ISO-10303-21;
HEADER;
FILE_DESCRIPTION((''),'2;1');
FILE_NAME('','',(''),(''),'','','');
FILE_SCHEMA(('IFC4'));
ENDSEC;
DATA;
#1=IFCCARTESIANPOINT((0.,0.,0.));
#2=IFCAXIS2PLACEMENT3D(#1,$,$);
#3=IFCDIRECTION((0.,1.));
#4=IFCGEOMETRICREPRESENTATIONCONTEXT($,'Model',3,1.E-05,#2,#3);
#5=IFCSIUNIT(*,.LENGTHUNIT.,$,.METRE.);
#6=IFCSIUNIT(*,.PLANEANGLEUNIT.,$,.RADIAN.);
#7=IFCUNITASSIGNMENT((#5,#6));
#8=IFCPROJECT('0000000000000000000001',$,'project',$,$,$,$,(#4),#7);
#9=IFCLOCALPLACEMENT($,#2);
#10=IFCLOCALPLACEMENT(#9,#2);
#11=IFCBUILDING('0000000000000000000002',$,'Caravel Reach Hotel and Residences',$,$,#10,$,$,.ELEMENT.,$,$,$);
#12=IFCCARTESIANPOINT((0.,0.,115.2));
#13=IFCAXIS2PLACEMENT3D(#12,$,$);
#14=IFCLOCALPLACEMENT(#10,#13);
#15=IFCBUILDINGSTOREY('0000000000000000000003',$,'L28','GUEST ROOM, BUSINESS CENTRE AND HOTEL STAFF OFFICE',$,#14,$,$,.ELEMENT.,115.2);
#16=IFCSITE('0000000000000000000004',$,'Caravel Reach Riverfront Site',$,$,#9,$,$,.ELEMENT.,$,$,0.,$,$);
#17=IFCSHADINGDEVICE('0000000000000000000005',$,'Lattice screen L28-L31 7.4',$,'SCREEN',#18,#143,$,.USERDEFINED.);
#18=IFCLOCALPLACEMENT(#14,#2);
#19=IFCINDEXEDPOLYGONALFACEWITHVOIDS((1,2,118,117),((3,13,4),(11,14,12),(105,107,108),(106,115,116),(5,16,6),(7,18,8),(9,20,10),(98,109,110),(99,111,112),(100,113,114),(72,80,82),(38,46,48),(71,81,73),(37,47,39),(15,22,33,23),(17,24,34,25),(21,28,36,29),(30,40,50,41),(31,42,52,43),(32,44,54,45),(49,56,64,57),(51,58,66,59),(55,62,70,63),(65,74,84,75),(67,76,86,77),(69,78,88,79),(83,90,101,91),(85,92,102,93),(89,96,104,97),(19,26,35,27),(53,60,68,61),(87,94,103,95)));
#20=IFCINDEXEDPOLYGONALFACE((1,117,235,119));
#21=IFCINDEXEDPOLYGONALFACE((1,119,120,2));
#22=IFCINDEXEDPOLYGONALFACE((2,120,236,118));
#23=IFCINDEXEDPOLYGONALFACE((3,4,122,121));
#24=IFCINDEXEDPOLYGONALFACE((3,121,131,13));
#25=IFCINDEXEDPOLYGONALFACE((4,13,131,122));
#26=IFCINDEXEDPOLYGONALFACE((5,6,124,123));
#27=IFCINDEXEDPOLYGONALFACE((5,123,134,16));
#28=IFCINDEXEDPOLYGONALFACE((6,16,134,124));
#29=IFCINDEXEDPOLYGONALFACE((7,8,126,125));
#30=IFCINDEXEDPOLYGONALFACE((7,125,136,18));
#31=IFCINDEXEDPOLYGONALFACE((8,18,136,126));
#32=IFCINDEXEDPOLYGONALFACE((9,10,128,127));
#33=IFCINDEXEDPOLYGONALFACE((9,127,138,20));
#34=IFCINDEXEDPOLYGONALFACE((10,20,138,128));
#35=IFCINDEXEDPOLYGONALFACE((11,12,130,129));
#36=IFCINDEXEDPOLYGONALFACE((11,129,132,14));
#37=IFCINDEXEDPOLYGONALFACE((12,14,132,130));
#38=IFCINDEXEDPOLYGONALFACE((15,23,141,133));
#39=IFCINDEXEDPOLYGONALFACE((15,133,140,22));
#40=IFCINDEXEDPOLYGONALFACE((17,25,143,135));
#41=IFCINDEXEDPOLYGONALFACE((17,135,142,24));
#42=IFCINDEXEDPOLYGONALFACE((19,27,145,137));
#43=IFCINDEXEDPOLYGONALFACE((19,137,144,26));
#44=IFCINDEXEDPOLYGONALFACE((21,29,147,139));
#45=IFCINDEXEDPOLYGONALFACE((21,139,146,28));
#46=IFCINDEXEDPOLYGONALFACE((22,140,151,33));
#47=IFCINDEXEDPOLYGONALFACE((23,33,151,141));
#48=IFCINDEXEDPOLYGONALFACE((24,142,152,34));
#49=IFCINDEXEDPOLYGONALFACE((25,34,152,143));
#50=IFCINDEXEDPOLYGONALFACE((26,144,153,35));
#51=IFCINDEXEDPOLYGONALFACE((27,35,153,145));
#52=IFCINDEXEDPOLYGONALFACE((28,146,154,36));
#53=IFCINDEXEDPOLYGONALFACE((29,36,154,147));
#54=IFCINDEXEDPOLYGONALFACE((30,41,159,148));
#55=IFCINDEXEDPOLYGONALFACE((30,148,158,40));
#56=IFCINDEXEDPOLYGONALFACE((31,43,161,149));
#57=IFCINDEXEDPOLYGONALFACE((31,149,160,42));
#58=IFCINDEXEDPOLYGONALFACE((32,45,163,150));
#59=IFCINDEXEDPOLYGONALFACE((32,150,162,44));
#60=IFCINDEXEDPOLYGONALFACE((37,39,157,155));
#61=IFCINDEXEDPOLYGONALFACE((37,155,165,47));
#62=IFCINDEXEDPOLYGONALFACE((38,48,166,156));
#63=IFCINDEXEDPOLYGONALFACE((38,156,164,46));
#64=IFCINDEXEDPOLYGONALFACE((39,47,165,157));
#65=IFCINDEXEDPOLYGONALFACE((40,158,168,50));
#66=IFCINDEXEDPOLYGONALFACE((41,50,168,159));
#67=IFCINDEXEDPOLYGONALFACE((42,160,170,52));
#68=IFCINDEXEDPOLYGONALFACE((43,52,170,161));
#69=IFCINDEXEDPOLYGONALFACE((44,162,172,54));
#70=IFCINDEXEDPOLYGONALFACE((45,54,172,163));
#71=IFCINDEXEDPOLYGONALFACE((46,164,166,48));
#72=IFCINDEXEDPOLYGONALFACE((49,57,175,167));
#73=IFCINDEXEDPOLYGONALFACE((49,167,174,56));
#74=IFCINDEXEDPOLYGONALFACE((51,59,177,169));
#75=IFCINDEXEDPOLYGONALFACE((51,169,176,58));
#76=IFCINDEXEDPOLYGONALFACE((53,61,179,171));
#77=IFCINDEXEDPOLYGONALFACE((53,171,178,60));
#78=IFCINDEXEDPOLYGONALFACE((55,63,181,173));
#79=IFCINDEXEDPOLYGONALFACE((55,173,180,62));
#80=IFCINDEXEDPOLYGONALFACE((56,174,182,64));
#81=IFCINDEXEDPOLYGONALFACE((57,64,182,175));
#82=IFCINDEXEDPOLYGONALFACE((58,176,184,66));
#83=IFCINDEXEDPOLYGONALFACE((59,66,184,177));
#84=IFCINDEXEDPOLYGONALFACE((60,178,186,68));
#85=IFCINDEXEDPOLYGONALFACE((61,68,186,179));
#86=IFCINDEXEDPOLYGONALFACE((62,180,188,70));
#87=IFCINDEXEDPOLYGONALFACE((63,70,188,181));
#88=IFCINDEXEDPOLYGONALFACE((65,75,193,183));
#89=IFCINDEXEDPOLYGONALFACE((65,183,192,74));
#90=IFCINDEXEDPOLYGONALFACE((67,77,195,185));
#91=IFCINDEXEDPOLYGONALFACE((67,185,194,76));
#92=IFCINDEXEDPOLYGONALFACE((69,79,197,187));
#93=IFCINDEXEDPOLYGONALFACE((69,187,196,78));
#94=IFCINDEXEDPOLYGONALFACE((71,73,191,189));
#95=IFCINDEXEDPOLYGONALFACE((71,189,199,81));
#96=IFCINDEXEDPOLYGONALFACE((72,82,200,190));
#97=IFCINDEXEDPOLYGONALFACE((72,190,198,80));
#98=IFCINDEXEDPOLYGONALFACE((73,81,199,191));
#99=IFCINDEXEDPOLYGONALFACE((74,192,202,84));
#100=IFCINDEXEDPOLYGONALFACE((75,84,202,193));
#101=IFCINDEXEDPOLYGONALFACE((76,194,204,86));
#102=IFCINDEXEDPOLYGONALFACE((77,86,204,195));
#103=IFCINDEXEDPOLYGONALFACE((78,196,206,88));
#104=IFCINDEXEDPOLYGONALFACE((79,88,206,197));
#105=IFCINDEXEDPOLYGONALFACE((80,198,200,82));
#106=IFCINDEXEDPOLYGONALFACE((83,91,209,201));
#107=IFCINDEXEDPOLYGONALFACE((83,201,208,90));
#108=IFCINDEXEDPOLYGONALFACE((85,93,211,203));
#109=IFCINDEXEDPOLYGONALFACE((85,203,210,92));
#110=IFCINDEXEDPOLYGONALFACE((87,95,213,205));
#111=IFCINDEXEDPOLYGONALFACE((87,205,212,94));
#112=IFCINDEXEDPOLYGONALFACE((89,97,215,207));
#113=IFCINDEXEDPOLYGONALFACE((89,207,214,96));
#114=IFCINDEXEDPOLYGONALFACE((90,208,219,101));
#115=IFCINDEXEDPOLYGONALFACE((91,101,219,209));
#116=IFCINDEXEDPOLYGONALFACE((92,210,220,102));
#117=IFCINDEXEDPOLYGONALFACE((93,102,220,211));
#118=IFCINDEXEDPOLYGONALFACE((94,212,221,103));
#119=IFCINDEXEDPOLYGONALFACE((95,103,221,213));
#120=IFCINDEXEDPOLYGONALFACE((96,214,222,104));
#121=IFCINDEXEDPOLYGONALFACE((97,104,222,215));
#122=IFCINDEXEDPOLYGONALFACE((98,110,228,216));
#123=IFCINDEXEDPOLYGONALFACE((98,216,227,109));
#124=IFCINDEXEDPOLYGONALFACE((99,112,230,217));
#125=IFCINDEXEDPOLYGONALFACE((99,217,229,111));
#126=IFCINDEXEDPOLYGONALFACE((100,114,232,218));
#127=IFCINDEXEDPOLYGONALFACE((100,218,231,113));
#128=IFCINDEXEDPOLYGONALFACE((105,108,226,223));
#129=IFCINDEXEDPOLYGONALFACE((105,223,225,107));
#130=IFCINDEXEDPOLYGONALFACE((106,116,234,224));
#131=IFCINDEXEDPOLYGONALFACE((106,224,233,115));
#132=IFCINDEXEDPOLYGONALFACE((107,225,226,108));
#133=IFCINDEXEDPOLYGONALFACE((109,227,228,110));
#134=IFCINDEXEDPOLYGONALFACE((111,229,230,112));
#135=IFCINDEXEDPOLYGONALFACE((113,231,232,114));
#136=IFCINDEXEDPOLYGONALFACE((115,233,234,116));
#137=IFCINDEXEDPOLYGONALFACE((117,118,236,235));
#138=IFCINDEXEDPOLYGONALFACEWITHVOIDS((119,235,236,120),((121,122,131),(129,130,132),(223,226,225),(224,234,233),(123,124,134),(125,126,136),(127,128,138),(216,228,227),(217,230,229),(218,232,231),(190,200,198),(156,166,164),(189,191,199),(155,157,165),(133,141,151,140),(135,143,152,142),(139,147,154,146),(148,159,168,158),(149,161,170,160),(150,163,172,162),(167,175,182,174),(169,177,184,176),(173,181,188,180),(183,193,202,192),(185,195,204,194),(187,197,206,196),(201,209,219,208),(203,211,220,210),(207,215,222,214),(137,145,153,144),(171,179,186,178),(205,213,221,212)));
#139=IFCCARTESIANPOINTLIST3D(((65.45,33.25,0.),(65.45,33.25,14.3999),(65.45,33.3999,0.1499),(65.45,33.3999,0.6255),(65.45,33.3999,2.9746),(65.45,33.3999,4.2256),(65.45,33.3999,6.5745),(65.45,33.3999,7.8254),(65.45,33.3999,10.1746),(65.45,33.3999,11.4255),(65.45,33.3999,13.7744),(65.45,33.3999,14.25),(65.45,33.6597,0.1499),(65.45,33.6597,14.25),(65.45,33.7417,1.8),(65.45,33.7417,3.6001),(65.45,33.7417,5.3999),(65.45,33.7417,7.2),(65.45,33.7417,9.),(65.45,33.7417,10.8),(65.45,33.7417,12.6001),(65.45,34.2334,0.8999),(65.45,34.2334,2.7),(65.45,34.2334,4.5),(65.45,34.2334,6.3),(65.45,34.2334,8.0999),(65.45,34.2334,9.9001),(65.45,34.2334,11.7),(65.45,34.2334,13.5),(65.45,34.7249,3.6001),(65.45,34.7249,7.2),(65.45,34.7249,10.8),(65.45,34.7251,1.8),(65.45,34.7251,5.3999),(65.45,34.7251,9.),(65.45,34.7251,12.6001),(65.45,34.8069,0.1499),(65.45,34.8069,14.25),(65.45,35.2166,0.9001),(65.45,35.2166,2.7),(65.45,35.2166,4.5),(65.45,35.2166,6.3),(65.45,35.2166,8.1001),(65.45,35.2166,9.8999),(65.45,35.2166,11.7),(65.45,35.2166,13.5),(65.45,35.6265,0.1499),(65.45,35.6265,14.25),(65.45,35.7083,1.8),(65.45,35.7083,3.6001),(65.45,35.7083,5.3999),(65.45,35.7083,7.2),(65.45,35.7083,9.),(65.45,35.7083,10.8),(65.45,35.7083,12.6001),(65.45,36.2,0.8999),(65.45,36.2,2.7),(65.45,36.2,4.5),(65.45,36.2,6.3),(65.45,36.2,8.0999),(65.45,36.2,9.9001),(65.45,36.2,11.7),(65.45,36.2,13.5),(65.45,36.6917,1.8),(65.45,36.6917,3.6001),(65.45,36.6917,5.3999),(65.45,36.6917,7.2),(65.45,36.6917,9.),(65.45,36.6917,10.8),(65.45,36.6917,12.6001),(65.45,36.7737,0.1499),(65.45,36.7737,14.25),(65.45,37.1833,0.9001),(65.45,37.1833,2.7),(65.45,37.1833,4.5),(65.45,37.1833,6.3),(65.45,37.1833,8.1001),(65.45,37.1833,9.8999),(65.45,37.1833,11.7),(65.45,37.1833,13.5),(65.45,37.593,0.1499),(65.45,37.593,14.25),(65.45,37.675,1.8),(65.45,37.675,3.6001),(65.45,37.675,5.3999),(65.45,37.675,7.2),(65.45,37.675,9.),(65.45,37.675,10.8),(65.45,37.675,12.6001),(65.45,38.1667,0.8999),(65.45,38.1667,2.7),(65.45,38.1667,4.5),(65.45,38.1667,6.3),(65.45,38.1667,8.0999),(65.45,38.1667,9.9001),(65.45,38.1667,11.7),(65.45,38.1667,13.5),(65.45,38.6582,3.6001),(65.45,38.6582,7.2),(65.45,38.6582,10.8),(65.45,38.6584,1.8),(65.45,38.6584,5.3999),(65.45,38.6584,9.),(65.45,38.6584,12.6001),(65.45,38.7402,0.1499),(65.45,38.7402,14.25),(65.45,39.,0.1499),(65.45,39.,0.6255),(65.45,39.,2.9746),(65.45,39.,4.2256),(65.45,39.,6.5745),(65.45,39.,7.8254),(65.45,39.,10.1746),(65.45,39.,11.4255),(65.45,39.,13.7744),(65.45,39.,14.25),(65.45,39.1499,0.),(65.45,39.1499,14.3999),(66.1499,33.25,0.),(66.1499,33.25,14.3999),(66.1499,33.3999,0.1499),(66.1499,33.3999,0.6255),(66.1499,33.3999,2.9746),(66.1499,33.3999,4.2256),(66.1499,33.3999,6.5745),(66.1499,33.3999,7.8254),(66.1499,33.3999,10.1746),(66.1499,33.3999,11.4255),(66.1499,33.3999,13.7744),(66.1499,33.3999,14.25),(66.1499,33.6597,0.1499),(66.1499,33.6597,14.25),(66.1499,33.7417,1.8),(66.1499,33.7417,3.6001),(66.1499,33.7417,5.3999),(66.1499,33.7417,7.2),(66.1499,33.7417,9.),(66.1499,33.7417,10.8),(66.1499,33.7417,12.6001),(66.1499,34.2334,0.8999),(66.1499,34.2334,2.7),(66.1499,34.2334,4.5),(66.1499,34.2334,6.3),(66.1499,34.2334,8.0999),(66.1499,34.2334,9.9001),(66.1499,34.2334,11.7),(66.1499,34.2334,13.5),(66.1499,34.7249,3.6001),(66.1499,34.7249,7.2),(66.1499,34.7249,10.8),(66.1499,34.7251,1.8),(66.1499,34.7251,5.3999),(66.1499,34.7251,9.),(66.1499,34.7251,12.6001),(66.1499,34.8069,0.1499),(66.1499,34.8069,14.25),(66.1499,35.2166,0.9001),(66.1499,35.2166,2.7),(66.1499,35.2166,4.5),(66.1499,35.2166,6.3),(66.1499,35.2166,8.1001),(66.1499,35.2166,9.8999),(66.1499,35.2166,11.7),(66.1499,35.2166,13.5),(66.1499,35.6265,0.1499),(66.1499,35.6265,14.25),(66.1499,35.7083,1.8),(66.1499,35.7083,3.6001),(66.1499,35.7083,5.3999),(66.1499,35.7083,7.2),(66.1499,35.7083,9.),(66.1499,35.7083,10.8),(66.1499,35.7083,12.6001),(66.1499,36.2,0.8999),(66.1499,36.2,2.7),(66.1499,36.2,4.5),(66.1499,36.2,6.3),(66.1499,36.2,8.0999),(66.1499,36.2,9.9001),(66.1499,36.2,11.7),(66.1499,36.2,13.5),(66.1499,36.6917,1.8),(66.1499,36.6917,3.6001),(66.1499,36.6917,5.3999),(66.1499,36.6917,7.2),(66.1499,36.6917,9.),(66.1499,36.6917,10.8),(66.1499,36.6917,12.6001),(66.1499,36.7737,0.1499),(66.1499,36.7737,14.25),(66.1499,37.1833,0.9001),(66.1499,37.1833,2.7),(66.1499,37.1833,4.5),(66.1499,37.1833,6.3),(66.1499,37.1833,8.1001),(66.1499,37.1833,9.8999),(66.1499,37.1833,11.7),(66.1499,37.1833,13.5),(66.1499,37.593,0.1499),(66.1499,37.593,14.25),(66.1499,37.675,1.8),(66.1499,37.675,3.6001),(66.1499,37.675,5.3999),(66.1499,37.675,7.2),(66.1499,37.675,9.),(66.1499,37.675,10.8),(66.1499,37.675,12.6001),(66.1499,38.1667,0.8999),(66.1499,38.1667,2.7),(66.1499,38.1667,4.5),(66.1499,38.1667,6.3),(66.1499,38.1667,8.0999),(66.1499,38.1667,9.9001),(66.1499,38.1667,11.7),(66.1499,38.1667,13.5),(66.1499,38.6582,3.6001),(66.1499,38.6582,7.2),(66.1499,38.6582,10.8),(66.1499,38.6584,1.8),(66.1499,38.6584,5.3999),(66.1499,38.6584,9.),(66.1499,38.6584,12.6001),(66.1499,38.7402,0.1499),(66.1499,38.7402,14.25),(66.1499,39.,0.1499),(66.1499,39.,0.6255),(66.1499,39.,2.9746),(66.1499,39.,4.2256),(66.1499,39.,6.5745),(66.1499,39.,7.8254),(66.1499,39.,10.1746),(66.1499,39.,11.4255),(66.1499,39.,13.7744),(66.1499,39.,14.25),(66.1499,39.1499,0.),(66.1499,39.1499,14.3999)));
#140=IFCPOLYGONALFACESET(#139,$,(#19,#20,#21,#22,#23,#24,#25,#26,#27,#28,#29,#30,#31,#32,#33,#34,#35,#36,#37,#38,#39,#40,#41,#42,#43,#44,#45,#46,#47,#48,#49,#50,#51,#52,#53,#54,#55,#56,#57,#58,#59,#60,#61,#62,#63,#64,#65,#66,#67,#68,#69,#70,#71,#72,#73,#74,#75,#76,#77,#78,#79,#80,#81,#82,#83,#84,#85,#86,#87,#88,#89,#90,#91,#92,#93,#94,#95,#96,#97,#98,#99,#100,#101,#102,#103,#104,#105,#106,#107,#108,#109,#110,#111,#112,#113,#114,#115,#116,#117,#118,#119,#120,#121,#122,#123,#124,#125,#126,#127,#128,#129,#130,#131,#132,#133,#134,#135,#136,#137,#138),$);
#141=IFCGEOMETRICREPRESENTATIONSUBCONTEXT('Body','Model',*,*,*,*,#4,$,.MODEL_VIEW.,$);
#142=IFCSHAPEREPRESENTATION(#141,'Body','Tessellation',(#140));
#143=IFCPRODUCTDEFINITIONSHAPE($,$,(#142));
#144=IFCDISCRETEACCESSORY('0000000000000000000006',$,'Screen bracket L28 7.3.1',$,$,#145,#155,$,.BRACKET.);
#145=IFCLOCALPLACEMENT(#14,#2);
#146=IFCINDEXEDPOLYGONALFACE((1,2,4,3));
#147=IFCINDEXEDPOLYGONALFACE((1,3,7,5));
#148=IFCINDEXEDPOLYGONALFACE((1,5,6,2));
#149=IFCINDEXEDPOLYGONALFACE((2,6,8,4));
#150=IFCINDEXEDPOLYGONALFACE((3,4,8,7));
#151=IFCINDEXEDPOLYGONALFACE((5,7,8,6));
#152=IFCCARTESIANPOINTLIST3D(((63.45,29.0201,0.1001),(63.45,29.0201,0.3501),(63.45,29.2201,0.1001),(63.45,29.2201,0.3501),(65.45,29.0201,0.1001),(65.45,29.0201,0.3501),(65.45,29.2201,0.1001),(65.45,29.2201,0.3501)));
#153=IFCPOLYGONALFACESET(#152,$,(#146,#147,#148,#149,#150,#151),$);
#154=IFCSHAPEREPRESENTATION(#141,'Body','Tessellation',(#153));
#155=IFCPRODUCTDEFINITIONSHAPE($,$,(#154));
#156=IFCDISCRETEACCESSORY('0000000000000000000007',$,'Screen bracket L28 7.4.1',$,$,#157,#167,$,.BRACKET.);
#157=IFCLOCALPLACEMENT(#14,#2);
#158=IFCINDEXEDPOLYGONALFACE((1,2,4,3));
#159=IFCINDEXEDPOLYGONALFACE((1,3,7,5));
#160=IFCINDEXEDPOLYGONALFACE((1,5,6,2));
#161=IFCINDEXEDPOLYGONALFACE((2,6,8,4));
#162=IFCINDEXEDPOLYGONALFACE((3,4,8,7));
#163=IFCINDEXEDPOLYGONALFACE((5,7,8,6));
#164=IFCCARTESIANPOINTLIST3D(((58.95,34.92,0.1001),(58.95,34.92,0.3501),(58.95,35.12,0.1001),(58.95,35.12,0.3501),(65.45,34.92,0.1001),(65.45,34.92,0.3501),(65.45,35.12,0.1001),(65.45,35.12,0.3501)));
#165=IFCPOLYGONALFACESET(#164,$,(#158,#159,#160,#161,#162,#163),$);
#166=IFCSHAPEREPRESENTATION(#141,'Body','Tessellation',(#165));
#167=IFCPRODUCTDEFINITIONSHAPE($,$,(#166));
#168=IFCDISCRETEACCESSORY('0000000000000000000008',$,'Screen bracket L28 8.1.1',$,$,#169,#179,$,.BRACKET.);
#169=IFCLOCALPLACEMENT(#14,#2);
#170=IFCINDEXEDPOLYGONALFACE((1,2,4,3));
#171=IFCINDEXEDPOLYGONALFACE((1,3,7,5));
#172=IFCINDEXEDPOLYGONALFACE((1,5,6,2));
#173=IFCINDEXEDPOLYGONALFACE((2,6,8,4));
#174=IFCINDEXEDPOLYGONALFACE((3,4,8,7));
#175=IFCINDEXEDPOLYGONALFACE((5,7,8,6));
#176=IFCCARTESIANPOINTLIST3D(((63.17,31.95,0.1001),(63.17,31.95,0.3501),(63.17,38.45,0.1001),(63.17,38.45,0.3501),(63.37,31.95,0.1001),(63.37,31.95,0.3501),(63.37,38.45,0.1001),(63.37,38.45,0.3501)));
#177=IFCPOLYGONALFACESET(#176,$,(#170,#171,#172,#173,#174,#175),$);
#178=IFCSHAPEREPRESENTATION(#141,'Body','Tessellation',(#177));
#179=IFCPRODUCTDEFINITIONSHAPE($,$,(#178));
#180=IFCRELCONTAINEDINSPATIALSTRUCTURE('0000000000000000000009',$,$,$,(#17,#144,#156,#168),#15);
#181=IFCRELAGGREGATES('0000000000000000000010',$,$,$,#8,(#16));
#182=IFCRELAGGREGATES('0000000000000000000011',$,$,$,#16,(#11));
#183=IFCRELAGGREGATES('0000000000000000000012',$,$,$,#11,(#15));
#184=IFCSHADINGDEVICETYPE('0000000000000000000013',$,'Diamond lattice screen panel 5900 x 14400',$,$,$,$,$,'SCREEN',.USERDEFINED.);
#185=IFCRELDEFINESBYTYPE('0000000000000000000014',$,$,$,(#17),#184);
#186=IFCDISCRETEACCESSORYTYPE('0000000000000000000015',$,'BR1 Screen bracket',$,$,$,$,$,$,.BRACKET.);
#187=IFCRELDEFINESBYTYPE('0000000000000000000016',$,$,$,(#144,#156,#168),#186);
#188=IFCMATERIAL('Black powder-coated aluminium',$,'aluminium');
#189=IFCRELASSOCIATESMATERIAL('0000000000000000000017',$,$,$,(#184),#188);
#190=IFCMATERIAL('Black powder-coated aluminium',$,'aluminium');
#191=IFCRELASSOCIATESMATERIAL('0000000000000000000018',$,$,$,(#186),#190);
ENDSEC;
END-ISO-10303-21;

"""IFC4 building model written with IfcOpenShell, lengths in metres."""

from ifc_helpers import new_model, si_unit, direction, frame, origin, origin_2d, place, context, subcontext, project, spatial, polyline, rectangle, outline, extrude, material, type_object, element, save


model = new_model("IFC4")

# Units and contexts
model_context = context("Model", 3, precision=1e-05, world=origin(), true_north=direction((0.0, 1.0)))
body_context = subcontext(model_context, "Body", "Model", "MODEL_VIEW")
ifc_project = project(units=[si_unit("LENGTHUNIT", "METRE"), si_unit("PLANEANGLEUNIT", "RADIAN")], contexts=[model_context])

# Site, building, storey
site_placement = place(None, origin())
site = spatial("IfcSite", under=ifc_project, at=site_placement, Name="Caravel Reach Riverfront Site", CompositionType="ELEMENT", RefElevation=0.0)
building_placement = place(site_placement, origin())
building = spatial("IfcBuilding", under=site, at=building_placement, Name="Caravel Reach Hotel and Residences", CompositionType="ELEMENT")
storey_placement = place(building_placement, frame((0.0, 0.0, 115.2)))
storey = spatial("IfcBuildingStorey", under=building, at=storey_placement, Name="L28", Description="GUEST ROOM, BUSINESS CENTRE AND HOTEL STAFF OFFICE", CompositionType="ELEMENT", Elevation=115.2)

# Shading device
ifc_material_1 = material(Name="Black powder-coated aluminium", Category="aluminium")
shading_device_type_1 = type_object("IfcShadingDeviceType", Name="Diamond lattice screen panel 5900 x 14400", ElementType="SCREEN", PredefinedType="USERDEFINED", material=ifc_material_1)
shading_device_1_placement = place(storey_placement, frame((65.45, 33.25, 0.0), z_axis=(1.0, 0.0, 0.0), x_axis=(0.0, 1.0, 0.0)))
element("IfcShadingDevice", 1, at=shading_device_1_placement, inside=storey, type_object=shading_device_type_1, Name="Lattice screen L28-L31 7.4", ObjectType="SCREEN", PredefinedType="USERDEFINED", context=body_context, shape_type="SweptSolid", body=[
    extrude(outline(polyline([(0.0, 0.0), (5.8999, 0.0), (5.8999, 14.3999), (0.0, 14.3999), (0.0, 0.0)]), holes=[polyline([(0.4097, 0.1499), (0.1499, 0.6255), (0.1499, 0.1499), (0.4097, 0.1499)]), polyline([(0.4917, 3.6001), (0.1499, 4.2256), (0.1499, 2.9746), (0.4917, 3.6001)]), polyline([(0.4917, 7.2), (0.1499, 7.8254), (0.1499, 6.5745), (0.4917, 7.2)]), polyline([(0.4917, 10.8), (0.1499, 11.4255), (0.1499, 10.1746), (0.4917, 10.8)]), polyline([(0.1499, 13.7744), (0.4097, 14.25), (0.1499, 14.25), (0.1499, 13.7744)]), polyline([(0.9834, 2.7), (0.4917, 1.8), (0.9834, 0.8999), (1.4751, 1.8), (0.9834, 2.7)]), polyline([(0.9834, 6.3), (0.4917, 5.3999), (0.9834, 4.5), (1.4751, 5.3999), (0.9834, 6.3)]), polyline([(0.9834, 9.9001), (0.4917, 9.0), (0.9834, 8.0999), (1.4751, 9.0), (0.9834, 9.9001)]), polyline([(0.9834, 13.5), (0.4917, 12.6001), (0.9834, 11.7), (1.4751, 12.6001), (0.9834, 13.5)]), polyline([(1.9666, 0.9001), (1.5569, 0.1499), (2.3765, 0.1499), (1.9666, 0.9001)]), polyline([(1.9666, 4.5), (1.4749, 3.6001), (1.9666, 2.7), (2.4583, 3.6001), (1.9666, 4.5)]), polyline([(1.9666, 8.1001), (1.4749, 7.2), (1.9666, 6.3), (2.4583, 7.2), (1.9666, 8.1001)]), polyline([(1.9666, 11.7), (1.4749, 10.8), (1.9666, 9.8999), (2.4583, 10.8), (1.9666, 11.7)]), polyline([(1.9666, 13.5), (2.3765, 14.25), (1.5569, 14.25), (1.9666, 13.5)]), polyline([(2.95, 2.7), (2.4583, 1.8), (2.95, 0.8999), (3.4417, 1.8), (2.95, 2.7)]), polyline([(2.95, 6.3), (2.4583, 5.3999), (2.95, 4.5), (3.4417, 5.3999), (2.95, 6.3)]), polyline([(2.95, 9.9001), (2.4583, 9.0), (2.95, 8.0999), (3.4417, 9.0), (2.95, 9.9001)]), polyline([(2.95, 13.5), (2.4583, 12.6001), (2.95, 11.7), (3.4417, 12.6001), (2.95, 13.5)]), polyline([(3.9333, 0.9001), (3.5237, 0.1499), (4.343, 0.1499), (3.9333, 0.9001)]), polyline([(3.9333, 4.5), (3.4417, 3.6001), (3.9333, 2.7), (4.425, 3.6001), (3.9333, 4.5)]), polyline([(3.9333, 8.1001), (3.4417, 7.2), (3.9333, 6.3), (4.425, 7.2), (3.9333, 8.1001)]), polyline([(3.9333, 11.7), (3.4417, 10.8), (3.9333, 9.8999), (4.425, 10.8), (3.9333, 11.7)]), polyline([(3.9333, 13.5), (4.343, 14.25), (3.5237, 14.25), (3.9333, 13.5)]), polyline([(4.9167, 2.7), (4.425, 1.8), (4.9167, 0.8999), (5.4084, 1.8), (4.9167, 2.7)]), polyline([(4.9167, 6.3), (4.425, 5.3999), (4.9167, 4.5), (5.4084, 5.3999), (4.9167, 6.3)]), polyline([(4.9167, 9.9001), (4.425, 9.0), (4.9167, 8.0999), (5.4084, 9.0), (4.9167, 9.9001)]), polyline([(4.9167, 13.5), (4.425, 12.6001), (4.9167, 11.7), (5.4084, 12.6001), (4.9167, 13.5)]), polyline([(5.75, 0.6255), (5.4902, 0.1499), (5.75, 0.1499), (5.75, 0.6255)]), polyline([(5.4082, 3.6001), (5.75, 2.9746), (5.75, 4.2256), (5.4082, 3.6001)]), polyline([(5.4082, 7.2), (5.75, 6.5745), (5.75, 7.8254), (5.4082, 7.2)]), polyline([(5.4082, 10.8), (5.75, 10.1746), (5.75, 11.4255), (5.4082, 10.8)]), polyline([(5.4902, 14.25), (5.75, 13.7744), (5.75, 14.25), (5.4902, 14.25)])]), origin(), (0.0, 0.0, 1.0), 0.7),
])

# Discrete accessories
ifc_material_2 = material(Name="Black powder-coated aluminium", Category="aluminium")
discrete_accessory_type = type_object("IfcDiscreteAccessoryType", Name="BR1 Screen bracket", PredefinedType="BRACKET", material=ifc_material_2)
discrete_accessory_1_placement = place(storey_placement, frame((64.45, 29.1201, 0.1001), z_axis=(0.0, 0.0, 1.0), x_axis=(1.0, 0.0, 0.0)))
element("IfcDiscreteAccessory", 2, at=discrete_accessory_1_placement, inside=storey, type_object=discrete_accessory_type, Name="Screen bracket L28 7.3.1", PredefinedType="BRACKET", context=body_context, shape_type="SweptSolid", body=[
    extrude(rectangle(XDim=2.0, YDim=0.2, at=origin_2d()), origin(), (0.0, 0.0, 1.0), 0.25),
])
for number, where, z_axis, x_axis, name in (
    (3, (62.2, 35.02, 0.1001), (0.0, 0.0, 1.0), (1.0, 0.0, 0.0), "Screen bracket L28 7.4.1"),
    (4, (63.27, 35.2, 0.1001), (0.0, 0.0, 1.0), (0.0, 1.0, 0.0), "Screen bracket L28 8.1.1"),
):
    element("IfcDiscreteAccessory", number, at=place(storey_placement, frame(where, z_axis=z_axis, x_axis=x_axis)), inside=storey, type_object=discrete_accessory_type, Name=name, PredefinedType="BRACKET", context=body_context, shape_type="SweptSolid", body=[
        extrude(rectangle(XDim=6.5, YDim=0.2, at=origin_2d()), origin(), (0.0, 0.0, 1.0), 0.25),
    ])

save(model, "model.ifc")
